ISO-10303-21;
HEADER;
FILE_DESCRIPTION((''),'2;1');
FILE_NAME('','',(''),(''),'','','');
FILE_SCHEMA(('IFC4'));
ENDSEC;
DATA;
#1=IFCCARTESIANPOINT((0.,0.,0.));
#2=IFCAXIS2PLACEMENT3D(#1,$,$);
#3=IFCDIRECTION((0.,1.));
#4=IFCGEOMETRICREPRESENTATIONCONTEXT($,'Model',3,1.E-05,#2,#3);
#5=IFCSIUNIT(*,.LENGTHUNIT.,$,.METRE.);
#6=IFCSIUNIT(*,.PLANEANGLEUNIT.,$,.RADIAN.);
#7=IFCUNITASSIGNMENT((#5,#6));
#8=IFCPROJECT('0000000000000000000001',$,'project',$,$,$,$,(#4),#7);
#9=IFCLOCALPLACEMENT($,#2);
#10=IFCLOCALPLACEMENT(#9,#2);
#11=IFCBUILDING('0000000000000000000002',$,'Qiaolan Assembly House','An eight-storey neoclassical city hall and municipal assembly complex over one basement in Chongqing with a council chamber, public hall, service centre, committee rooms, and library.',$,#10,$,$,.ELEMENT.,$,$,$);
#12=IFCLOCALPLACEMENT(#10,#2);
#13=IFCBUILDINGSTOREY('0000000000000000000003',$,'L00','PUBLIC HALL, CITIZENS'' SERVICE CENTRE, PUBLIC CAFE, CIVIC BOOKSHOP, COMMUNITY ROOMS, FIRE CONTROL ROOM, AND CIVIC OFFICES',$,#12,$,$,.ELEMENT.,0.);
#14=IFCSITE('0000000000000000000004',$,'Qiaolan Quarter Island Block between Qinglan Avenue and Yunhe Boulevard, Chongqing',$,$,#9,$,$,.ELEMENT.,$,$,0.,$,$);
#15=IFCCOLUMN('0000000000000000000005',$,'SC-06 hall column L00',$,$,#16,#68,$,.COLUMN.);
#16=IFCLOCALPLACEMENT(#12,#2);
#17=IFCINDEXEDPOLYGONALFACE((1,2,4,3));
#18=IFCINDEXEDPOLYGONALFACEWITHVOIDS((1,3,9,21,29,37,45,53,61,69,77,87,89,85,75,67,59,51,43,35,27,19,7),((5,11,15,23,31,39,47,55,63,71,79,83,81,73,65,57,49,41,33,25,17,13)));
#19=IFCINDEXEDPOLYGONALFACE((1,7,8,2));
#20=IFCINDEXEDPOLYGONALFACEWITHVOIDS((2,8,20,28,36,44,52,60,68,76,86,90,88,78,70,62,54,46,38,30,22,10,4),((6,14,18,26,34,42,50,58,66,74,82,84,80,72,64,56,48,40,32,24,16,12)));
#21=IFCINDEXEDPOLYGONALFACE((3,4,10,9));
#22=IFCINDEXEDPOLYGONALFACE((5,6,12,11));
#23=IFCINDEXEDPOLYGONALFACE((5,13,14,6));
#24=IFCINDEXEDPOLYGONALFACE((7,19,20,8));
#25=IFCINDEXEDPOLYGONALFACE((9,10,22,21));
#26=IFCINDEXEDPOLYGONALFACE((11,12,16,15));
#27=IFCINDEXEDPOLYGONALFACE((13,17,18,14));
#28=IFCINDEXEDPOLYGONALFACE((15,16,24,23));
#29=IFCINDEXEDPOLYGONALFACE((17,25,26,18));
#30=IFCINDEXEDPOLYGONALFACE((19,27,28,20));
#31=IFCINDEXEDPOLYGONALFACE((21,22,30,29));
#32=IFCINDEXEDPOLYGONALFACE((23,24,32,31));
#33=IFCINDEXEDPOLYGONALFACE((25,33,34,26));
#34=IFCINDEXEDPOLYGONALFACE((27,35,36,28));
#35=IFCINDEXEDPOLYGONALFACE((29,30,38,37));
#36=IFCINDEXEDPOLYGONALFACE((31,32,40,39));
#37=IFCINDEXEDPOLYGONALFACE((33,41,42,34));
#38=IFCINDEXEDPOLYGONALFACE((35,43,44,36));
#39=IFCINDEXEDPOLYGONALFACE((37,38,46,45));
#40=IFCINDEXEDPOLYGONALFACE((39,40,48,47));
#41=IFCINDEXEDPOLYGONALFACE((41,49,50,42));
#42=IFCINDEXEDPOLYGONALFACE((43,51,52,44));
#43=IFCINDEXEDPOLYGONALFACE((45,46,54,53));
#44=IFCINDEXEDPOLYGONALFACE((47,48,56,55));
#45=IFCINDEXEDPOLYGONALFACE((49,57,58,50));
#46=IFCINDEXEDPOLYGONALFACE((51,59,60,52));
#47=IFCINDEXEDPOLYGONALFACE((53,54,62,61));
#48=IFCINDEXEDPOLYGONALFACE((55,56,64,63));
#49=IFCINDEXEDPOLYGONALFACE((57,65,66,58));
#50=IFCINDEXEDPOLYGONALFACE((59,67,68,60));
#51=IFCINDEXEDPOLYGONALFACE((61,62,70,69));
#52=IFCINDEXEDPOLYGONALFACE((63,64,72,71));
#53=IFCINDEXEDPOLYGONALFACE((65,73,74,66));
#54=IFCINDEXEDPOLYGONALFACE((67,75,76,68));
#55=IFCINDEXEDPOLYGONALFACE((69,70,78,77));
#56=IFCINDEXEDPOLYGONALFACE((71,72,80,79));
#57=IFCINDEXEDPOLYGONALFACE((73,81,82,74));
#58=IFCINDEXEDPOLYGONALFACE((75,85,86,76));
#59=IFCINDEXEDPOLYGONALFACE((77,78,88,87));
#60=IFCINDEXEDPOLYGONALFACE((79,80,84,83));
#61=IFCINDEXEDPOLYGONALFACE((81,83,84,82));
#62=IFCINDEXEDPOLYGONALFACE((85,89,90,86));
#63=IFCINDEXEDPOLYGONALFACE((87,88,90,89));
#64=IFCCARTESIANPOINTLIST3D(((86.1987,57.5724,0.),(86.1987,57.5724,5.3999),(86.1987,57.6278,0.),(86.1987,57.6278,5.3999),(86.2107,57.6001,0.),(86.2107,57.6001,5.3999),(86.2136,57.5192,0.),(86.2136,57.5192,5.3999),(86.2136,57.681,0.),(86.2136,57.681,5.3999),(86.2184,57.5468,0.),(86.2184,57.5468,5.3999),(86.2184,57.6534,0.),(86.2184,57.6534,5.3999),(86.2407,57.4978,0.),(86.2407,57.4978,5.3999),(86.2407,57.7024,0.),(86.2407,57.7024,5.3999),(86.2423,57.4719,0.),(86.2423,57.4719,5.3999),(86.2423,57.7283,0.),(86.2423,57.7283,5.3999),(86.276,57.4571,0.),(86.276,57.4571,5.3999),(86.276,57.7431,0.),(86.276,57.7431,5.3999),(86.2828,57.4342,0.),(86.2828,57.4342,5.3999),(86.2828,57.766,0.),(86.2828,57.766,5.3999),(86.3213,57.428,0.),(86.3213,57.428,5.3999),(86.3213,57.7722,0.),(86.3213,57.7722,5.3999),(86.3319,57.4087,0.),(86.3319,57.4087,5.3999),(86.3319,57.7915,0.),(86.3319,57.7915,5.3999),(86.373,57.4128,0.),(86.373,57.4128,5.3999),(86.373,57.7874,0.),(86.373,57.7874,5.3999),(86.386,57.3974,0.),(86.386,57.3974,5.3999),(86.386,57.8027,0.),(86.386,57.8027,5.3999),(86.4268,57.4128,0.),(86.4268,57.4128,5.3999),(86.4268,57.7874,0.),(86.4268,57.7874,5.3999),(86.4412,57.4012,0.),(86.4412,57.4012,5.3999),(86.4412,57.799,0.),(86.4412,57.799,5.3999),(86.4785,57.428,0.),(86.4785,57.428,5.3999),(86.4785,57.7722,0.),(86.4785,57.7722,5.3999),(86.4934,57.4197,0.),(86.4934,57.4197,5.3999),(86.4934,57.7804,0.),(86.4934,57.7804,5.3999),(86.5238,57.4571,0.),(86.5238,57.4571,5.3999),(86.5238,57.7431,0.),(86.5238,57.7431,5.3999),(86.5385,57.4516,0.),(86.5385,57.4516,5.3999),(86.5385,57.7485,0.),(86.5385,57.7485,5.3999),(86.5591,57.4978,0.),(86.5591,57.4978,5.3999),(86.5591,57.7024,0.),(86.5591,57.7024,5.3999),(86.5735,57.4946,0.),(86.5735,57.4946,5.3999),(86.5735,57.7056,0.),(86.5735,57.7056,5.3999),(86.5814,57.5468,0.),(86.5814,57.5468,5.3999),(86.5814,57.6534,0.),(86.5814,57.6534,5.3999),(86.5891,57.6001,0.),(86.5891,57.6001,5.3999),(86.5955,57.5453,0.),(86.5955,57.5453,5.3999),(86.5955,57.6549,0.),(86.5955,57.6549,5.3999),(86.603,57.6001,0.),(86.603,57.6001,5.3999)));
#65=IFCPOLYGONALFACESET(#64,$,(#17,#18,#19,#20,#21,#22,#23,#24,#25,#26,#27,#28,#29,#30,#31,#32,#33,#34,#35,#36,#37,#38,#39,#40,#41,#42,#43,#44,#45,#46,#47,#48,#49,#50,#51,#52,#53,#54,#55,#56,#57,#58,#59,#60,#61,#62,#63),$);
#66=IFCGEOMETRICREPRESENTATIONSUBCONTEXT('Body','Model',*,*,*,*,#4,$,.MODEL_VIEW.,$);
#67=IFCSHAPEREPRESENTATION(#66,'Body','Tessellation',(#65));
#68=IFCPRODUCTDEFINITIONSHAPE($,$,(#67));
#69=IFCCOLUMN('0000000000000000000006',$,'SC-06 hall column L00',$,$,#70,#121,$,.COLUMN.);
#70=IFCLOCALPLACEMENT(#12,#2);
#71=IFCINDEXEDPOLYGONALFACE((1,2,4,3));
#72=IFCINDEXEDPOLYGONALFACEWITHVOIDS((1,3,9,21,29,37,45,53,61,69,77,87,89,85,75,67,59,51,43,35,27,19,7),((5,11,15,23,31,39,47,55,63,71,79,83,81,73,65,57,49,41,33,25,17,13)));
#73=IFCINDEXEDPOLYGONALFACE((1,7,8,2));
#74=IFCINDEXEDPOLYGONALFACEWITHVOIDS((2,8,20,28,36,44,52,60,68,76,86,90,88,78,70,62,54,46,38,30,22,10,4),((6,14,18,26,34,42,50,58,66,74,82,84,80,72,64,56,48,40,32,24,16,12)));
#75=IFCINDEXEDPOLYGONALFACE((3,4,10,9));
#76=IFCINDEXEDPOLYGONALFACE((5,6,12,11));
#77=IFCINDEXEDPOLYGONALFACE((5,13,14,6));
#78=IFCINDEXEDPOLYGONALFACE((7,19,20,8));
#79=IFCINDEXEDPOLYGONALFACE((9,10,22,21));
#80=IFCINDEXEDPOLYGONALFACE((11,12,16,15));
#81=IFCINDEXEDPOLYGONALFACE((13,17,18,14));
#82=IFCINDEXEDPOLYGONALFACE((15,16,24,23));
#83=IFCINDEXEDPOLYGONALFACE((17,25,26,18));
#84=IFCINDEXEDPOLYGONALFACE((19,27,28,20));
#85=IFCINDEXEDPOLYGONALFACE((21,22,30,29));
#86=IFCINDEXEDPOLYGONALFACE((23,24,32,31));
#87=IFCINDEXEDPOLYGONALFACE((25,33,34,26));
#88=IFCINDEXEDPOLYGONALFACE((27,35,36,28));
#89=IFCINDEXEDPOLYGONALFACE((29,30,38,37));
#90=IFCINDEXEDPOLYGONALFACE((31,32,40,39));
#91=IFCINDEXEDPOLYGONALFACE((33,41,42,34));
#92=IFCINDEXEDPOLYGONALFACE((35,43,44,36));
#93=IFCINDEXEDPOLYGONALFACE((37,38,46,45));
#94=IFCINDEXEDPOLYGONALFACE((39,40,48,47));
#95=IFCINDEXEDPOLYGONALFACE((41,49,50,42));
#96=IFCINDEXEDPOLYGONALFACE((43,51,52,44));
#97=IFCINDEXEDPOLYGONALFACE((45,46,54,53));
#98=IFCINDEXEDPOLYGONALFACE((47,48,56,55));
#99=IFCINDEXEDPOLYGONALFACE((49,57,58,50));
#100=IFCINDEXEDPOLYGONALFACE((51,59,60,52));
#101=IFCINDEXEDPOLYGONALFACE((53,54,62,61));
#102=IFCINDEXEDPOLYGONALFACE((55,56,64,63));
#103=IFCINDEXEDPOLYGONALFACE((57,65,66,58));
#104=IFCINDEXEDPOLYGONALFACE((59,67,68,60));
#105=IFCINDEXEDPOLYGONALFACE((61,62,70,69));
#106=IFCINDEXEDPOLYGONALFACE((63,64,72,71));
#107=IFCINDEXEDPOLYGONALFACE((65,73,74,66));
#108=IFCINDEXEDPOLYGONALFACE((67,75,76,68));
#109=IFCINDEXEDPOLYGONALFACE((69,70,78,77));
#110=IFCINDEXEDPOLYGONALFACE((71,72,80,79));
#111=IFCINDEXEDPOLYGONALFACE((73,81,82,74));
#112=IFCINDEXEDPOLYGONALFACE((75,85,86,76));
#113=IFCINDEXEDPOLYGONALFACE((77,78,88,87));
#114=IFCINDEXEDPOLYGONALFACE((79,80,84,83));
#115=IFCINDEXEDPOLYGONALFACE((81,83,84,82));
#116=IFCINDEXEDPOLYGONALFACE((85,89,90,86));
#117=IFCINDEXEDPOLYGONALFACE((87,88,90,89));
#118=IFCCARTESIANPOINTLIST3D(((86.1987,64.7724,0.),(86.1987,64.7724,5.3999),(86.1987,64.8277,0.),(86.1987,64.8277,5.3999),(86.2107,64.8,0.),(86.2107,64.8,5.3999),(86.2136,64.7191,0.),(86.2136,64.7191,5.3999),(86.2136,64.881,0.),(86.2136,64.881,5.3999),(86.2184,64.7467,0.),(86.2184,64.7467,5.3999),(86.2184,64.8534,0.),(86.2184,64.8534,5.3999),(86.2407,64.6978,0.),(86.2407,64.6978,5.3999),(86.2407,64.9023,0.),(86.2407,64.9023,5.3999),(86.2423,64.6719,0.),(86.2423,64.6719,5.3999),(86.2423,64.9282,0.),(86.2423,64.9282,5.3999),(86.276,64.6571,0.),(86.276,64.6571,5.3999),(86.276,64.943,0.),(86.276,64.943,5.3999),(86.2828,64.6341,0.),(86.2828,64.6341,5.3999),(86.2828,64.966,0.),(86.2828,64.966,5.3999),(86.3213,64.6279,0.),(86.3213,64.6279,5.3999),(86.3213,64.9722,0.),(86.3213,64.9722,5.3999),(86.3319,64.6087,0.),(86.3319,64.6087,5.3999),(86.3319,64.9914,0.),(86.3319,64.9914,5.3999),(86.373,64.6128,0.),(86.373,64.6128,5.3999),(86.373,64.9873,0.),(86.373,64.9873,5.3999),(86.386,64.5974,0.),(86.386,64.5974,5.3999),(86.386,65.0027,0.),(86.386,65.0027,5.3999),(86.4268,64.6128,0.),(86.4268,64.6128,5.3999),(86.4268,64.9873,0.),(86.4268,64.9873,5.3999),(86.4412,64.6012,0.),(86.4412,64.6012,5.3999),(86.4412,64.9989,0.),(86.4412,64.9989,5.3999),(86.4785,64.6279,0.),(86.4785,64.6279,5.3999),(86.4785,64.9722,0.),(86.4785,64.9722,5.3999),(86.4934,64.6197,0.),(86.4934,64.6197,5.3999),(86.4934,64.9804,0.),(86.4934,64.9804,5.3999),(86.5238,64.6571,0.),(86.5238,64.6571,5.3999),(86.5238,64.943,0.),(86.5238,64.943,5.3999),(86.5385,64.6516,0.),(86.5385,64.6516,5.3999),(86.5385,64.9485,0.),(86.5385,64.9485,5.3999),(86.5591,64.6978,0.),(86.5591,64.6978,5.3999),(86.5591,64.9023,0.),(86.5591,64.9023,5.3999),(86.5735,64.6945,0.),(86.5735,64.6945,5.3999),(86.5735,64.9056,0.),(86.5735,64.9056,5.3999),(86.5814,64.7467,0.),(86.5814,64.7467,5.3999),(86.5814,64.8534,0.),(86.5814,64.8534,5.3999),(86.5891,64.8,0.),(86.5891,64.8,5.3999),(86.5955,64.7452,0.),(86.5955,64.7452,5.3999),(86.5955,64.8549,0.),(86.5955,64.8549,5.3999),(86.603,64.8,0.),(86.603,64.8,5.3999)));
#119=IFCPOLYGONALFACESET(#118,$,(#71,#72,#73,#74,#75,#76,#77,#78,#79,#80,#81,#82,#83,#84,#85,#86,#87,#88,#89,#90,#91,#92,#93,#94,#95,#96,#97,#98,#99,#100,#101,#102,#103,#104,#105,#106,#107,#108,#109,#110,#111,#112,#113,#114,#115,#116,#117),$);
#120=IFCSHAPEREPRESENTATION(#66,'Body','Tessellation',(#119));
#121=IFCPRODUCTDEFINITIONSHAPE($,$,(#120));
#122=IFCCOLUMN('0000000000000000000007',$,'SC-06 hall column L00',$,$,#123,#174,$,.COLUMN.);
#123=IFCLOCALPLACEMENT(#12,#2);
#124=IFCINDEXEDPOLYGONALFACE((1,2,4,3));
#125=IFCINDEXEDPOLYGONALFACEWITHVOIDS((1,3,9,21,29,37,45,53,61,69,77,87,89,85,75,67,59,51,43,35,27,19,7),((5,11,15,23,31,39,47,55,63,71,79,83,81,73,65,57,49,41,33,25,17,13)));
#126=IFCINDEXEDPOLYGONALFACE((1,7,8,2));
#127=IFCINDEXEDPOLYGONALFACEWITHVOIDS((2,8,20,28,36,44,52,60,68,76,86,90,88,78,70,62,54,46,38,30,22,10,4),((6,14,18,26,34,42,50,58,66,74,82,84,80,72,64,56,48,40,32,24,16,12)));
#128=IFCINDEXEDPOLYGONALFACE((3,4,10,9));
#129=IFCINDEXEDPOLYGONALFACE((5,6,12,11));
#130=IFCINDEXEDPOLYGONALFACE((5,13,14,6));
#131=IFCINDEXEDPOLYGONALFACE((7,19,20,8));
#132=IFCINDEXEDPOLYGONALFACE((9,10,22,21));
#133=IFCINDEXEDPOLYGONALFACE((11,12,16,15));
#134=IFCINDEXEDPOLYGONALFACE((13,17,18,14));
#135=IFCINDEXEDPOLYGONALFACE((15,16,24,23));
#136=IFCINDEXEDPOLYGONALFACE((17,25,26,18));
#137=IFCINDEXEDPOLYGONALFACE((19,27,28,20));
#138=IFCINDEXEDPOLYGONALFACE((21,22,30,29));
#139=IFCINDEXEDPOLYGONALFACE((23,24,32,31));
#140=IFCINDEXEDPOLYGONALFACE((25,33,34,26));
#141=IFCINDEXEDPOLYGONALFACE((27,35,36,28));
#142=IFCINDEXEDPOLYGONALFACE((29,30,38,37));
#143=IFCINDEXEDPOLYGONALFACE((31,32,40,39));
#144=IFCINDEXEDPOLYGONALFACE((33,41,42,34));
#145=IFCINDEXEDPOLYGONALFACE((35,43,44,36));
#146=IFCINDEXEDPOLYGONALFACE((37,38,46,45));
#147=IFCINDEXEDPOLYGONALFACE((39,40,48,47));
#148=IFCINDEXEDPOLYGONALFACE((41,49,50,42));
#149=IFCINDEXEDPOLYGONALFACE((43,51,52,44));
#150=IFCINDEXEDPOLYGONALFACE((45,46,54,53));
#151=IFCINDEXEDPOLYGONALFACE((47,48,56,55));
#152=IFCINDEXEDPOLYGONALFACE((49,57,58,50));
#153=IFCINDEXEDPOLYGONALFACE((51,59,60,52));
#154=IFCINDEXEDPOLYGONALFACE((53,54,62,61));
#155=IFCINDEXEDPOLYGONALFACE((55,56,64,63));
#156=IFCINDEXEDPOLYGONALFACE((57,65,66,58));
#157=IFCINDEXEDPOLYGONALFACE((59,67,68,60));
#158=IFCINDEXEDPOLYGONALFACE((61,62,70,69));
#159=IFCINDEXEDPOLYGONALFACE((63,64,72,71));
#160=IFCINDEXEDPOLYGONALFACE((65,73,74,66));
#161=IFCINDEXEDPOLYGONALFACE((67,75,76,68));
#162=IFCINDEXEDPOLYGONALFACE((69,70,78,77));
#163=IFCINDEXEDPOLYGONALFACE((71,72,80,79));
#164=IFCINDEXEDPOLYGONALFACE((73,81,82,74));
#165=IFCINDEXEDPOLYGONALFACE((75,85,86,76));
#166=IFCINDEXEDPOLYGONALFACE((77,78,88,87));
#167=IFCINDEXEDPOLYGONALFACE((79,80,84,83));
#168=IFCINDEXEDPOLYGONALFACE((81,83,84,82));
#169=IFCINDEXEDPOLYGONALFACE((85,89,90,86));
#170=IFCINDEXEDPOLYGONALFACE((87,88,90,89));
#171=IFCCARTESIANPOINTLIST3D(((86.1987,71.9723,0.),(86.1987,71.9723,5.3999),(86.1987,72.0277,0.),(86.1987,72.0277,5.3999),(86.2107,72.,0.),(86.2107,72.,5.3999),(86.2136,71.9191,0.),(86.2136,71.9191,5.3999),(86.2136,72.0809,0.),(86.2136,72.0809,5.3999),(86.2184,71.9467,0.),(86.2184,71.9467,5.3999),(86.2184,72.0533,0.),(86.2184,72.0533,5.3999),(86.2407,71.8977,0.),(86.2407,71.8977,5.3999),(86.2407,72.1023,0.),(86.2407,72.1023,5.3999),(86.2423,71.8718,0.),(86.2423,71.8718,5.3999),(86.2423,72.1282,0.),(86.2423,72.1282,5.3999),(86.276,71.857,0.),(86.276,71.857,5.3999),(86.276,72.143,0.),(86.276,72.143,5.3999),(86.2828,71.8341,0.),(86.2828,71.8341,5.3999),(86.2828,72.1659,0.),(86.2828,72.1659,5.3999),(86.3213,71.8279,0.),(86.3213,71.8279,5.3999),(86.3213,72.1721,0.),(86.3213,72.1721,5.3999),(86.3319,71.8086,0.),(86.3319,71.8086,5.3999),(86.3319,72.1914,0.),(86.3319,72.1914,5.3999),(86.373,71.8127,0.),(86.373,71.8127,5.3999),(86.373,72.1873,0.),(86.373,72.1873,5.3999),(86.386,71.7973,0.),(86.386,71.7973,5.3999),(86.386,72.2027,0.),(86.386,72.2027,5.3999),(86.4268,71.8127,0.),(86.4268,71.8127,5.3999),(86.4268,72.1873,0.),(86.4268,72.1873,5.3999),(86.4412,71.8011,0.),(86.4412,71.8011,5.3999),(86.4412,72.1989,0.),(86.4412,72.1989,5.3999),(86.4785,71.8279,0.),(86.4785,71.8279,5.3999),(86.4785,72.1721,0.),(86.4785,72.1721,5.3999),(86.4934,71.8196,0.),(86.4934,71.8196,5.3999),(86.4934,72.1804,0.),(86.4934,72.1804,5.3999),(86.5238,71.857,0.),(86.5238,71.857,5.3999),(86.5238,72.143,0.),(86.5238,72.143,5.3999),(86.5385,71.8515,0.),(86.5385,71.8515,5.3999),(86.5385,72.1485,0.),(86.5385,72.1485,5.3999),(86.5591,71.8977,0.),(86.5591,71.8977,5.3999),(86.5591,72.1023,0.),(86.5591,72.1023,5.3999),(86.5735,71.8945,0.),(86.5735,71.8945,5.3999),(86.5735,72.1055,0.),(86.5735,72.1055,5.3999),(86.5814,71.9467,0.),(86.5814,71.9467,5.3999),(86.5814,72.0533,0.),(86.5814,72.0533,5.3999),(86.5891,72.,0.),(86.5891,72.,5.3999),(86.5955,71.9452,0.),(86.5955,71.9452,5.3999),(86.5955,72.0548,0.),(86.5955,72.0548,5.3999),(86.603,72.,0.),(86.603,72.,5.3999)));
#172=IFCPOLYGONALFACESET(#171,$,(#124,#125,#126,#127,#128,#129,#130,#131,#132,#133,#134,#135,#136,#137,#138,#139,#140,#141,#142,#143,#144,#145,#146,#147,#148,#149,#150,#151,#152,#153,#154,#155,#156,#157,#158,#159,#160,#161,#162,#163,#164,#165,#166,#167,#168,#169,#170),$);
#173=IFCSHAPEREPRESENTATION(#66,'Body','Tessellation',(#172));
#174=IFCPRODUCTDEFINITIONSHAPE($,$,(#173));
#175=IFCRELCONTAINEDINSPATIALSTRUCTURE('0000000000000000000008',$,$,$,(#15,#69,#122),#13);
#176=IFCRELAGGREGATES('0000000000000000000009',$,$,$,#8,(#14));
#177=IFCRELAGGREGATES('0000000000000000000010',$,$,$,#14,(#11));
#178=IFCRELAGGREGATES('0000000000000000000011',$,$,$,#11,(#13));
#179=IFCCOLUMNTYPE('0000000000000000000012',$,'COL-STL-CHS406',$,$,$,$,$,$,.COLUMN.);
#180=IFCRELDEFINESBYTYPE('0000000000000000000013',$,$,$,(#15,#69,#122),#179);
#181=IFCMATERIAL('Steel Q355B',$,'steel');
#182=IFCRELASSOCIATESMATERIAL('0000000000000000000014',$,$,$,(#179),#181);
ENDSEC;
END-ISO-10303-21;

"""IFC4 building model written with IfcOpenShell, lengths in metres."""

from ifc_helpers import new_model, si_unit, direction, frame, origin, origin_2d, place, context, subcontext, project, spatial, hollow_circle, extrude, material, material_profile, profile_set, type_object, element, save


model = new_model("IFC4")

# Units and contexts
model_context = context("Model", 3, precision=1e-05, world=origin(), true_north=direction((0.0, 1.0)))
body_context = subcontext(model_context, "Body", "Model", "MODEL_VIEW")
ifc_project = project(units=[si_unit("LENGTHUNIT", "METRE"), si_unit("PLANEANGLEUNIT", "RADIAN")], contexts=[model_context])

# Site, building, storey
site_placement = place(None, origin())
site = spatial("IfcSite", under=ifc_project, at=site_placement, Name="Qiaolan Quarter Island Block between Qinglan Avenue and Yunhe Boulevard, Chongqing", CompositionType="ELEMENT", RefElevation=0.0)
building_placement = place(site_placement, origin())
building = spatial("IfcBuilding", under=site, at=building_placement, Name="Qiaolan Assembly House", Description="An eight-storey neoclassical city hall and municipal assembly complex over one basement in Chongqing with a council chamber, public hall, service centre, committee rooms, and library.", CompositionType="ELEMENT")
storey_placement = place(building_placement, origin())
storey = spatial("IfcBuildingStorey", under=building, at=storey_placement, Name="L00", Description="PUBLIC HALL, CITIZENS' SERVICE CENTRE, PUBLIC CAFE, CIVIC BOOKSHOP, COMMUNITY ROOMS, FIRE CONTROL ROOM, AND CIVIC OFFICES", CompositionType="ELEMENT", Elevation=0.0)

# Columns
ifc_material_1 = material(Name="Steel Q355B", Category="steel")
ifc_material_profile_1 = material_profile(ifc_material_1, hollow_circle(Radius=0.2031, WallThickness=0.0139, at=origin_2d()), Name="CHS 406.4x14")
ifc_profile_set_1 = profile_set([ifc_material_profile_1], Name="Steel Q355B")
column_type_1 = type_object("IfcColumnType", Name="COL-STL-CHS406", PredefinedType="COLUMN", material=ifc_profile_set_1)
for number, where, z_axis, x_axis, name in (
    (1, (86.3999, 57.6001, 0.0), (0.0, 0.0, 1.0), (1.0, 0.0, 0.0), "SC-06 hall column L00"),
    (2, (86.3999, 64.8, 0.0), (0.0, 0.0, 1.0), (1.0, 0.0, 0.0), "SC-06 hall column L00"),
    (3, (86.3999, 72.0, 0.0), (0.0, 0.0, 1.0), (1.0, 0.0, 0.0), "SC-06 hall column L00"),
):
    element("IfcColumn", number, at=place(storey_placement, frame(where, z_axis=z_axis, x_axis=x_axis)), inside=storey, type_object=column_type_1, Name=name, PredefinedType="COLUMN", context=body_context, shape_type="SweptSolid", body=[
        extrude(hollow_circle(Radius=0.2031, WallThickness=0.0139, at=origin_2d()), origin(), (0.0, 0.0, 1.0), 5.3999),
    ])

save(model, "model.ifc")
